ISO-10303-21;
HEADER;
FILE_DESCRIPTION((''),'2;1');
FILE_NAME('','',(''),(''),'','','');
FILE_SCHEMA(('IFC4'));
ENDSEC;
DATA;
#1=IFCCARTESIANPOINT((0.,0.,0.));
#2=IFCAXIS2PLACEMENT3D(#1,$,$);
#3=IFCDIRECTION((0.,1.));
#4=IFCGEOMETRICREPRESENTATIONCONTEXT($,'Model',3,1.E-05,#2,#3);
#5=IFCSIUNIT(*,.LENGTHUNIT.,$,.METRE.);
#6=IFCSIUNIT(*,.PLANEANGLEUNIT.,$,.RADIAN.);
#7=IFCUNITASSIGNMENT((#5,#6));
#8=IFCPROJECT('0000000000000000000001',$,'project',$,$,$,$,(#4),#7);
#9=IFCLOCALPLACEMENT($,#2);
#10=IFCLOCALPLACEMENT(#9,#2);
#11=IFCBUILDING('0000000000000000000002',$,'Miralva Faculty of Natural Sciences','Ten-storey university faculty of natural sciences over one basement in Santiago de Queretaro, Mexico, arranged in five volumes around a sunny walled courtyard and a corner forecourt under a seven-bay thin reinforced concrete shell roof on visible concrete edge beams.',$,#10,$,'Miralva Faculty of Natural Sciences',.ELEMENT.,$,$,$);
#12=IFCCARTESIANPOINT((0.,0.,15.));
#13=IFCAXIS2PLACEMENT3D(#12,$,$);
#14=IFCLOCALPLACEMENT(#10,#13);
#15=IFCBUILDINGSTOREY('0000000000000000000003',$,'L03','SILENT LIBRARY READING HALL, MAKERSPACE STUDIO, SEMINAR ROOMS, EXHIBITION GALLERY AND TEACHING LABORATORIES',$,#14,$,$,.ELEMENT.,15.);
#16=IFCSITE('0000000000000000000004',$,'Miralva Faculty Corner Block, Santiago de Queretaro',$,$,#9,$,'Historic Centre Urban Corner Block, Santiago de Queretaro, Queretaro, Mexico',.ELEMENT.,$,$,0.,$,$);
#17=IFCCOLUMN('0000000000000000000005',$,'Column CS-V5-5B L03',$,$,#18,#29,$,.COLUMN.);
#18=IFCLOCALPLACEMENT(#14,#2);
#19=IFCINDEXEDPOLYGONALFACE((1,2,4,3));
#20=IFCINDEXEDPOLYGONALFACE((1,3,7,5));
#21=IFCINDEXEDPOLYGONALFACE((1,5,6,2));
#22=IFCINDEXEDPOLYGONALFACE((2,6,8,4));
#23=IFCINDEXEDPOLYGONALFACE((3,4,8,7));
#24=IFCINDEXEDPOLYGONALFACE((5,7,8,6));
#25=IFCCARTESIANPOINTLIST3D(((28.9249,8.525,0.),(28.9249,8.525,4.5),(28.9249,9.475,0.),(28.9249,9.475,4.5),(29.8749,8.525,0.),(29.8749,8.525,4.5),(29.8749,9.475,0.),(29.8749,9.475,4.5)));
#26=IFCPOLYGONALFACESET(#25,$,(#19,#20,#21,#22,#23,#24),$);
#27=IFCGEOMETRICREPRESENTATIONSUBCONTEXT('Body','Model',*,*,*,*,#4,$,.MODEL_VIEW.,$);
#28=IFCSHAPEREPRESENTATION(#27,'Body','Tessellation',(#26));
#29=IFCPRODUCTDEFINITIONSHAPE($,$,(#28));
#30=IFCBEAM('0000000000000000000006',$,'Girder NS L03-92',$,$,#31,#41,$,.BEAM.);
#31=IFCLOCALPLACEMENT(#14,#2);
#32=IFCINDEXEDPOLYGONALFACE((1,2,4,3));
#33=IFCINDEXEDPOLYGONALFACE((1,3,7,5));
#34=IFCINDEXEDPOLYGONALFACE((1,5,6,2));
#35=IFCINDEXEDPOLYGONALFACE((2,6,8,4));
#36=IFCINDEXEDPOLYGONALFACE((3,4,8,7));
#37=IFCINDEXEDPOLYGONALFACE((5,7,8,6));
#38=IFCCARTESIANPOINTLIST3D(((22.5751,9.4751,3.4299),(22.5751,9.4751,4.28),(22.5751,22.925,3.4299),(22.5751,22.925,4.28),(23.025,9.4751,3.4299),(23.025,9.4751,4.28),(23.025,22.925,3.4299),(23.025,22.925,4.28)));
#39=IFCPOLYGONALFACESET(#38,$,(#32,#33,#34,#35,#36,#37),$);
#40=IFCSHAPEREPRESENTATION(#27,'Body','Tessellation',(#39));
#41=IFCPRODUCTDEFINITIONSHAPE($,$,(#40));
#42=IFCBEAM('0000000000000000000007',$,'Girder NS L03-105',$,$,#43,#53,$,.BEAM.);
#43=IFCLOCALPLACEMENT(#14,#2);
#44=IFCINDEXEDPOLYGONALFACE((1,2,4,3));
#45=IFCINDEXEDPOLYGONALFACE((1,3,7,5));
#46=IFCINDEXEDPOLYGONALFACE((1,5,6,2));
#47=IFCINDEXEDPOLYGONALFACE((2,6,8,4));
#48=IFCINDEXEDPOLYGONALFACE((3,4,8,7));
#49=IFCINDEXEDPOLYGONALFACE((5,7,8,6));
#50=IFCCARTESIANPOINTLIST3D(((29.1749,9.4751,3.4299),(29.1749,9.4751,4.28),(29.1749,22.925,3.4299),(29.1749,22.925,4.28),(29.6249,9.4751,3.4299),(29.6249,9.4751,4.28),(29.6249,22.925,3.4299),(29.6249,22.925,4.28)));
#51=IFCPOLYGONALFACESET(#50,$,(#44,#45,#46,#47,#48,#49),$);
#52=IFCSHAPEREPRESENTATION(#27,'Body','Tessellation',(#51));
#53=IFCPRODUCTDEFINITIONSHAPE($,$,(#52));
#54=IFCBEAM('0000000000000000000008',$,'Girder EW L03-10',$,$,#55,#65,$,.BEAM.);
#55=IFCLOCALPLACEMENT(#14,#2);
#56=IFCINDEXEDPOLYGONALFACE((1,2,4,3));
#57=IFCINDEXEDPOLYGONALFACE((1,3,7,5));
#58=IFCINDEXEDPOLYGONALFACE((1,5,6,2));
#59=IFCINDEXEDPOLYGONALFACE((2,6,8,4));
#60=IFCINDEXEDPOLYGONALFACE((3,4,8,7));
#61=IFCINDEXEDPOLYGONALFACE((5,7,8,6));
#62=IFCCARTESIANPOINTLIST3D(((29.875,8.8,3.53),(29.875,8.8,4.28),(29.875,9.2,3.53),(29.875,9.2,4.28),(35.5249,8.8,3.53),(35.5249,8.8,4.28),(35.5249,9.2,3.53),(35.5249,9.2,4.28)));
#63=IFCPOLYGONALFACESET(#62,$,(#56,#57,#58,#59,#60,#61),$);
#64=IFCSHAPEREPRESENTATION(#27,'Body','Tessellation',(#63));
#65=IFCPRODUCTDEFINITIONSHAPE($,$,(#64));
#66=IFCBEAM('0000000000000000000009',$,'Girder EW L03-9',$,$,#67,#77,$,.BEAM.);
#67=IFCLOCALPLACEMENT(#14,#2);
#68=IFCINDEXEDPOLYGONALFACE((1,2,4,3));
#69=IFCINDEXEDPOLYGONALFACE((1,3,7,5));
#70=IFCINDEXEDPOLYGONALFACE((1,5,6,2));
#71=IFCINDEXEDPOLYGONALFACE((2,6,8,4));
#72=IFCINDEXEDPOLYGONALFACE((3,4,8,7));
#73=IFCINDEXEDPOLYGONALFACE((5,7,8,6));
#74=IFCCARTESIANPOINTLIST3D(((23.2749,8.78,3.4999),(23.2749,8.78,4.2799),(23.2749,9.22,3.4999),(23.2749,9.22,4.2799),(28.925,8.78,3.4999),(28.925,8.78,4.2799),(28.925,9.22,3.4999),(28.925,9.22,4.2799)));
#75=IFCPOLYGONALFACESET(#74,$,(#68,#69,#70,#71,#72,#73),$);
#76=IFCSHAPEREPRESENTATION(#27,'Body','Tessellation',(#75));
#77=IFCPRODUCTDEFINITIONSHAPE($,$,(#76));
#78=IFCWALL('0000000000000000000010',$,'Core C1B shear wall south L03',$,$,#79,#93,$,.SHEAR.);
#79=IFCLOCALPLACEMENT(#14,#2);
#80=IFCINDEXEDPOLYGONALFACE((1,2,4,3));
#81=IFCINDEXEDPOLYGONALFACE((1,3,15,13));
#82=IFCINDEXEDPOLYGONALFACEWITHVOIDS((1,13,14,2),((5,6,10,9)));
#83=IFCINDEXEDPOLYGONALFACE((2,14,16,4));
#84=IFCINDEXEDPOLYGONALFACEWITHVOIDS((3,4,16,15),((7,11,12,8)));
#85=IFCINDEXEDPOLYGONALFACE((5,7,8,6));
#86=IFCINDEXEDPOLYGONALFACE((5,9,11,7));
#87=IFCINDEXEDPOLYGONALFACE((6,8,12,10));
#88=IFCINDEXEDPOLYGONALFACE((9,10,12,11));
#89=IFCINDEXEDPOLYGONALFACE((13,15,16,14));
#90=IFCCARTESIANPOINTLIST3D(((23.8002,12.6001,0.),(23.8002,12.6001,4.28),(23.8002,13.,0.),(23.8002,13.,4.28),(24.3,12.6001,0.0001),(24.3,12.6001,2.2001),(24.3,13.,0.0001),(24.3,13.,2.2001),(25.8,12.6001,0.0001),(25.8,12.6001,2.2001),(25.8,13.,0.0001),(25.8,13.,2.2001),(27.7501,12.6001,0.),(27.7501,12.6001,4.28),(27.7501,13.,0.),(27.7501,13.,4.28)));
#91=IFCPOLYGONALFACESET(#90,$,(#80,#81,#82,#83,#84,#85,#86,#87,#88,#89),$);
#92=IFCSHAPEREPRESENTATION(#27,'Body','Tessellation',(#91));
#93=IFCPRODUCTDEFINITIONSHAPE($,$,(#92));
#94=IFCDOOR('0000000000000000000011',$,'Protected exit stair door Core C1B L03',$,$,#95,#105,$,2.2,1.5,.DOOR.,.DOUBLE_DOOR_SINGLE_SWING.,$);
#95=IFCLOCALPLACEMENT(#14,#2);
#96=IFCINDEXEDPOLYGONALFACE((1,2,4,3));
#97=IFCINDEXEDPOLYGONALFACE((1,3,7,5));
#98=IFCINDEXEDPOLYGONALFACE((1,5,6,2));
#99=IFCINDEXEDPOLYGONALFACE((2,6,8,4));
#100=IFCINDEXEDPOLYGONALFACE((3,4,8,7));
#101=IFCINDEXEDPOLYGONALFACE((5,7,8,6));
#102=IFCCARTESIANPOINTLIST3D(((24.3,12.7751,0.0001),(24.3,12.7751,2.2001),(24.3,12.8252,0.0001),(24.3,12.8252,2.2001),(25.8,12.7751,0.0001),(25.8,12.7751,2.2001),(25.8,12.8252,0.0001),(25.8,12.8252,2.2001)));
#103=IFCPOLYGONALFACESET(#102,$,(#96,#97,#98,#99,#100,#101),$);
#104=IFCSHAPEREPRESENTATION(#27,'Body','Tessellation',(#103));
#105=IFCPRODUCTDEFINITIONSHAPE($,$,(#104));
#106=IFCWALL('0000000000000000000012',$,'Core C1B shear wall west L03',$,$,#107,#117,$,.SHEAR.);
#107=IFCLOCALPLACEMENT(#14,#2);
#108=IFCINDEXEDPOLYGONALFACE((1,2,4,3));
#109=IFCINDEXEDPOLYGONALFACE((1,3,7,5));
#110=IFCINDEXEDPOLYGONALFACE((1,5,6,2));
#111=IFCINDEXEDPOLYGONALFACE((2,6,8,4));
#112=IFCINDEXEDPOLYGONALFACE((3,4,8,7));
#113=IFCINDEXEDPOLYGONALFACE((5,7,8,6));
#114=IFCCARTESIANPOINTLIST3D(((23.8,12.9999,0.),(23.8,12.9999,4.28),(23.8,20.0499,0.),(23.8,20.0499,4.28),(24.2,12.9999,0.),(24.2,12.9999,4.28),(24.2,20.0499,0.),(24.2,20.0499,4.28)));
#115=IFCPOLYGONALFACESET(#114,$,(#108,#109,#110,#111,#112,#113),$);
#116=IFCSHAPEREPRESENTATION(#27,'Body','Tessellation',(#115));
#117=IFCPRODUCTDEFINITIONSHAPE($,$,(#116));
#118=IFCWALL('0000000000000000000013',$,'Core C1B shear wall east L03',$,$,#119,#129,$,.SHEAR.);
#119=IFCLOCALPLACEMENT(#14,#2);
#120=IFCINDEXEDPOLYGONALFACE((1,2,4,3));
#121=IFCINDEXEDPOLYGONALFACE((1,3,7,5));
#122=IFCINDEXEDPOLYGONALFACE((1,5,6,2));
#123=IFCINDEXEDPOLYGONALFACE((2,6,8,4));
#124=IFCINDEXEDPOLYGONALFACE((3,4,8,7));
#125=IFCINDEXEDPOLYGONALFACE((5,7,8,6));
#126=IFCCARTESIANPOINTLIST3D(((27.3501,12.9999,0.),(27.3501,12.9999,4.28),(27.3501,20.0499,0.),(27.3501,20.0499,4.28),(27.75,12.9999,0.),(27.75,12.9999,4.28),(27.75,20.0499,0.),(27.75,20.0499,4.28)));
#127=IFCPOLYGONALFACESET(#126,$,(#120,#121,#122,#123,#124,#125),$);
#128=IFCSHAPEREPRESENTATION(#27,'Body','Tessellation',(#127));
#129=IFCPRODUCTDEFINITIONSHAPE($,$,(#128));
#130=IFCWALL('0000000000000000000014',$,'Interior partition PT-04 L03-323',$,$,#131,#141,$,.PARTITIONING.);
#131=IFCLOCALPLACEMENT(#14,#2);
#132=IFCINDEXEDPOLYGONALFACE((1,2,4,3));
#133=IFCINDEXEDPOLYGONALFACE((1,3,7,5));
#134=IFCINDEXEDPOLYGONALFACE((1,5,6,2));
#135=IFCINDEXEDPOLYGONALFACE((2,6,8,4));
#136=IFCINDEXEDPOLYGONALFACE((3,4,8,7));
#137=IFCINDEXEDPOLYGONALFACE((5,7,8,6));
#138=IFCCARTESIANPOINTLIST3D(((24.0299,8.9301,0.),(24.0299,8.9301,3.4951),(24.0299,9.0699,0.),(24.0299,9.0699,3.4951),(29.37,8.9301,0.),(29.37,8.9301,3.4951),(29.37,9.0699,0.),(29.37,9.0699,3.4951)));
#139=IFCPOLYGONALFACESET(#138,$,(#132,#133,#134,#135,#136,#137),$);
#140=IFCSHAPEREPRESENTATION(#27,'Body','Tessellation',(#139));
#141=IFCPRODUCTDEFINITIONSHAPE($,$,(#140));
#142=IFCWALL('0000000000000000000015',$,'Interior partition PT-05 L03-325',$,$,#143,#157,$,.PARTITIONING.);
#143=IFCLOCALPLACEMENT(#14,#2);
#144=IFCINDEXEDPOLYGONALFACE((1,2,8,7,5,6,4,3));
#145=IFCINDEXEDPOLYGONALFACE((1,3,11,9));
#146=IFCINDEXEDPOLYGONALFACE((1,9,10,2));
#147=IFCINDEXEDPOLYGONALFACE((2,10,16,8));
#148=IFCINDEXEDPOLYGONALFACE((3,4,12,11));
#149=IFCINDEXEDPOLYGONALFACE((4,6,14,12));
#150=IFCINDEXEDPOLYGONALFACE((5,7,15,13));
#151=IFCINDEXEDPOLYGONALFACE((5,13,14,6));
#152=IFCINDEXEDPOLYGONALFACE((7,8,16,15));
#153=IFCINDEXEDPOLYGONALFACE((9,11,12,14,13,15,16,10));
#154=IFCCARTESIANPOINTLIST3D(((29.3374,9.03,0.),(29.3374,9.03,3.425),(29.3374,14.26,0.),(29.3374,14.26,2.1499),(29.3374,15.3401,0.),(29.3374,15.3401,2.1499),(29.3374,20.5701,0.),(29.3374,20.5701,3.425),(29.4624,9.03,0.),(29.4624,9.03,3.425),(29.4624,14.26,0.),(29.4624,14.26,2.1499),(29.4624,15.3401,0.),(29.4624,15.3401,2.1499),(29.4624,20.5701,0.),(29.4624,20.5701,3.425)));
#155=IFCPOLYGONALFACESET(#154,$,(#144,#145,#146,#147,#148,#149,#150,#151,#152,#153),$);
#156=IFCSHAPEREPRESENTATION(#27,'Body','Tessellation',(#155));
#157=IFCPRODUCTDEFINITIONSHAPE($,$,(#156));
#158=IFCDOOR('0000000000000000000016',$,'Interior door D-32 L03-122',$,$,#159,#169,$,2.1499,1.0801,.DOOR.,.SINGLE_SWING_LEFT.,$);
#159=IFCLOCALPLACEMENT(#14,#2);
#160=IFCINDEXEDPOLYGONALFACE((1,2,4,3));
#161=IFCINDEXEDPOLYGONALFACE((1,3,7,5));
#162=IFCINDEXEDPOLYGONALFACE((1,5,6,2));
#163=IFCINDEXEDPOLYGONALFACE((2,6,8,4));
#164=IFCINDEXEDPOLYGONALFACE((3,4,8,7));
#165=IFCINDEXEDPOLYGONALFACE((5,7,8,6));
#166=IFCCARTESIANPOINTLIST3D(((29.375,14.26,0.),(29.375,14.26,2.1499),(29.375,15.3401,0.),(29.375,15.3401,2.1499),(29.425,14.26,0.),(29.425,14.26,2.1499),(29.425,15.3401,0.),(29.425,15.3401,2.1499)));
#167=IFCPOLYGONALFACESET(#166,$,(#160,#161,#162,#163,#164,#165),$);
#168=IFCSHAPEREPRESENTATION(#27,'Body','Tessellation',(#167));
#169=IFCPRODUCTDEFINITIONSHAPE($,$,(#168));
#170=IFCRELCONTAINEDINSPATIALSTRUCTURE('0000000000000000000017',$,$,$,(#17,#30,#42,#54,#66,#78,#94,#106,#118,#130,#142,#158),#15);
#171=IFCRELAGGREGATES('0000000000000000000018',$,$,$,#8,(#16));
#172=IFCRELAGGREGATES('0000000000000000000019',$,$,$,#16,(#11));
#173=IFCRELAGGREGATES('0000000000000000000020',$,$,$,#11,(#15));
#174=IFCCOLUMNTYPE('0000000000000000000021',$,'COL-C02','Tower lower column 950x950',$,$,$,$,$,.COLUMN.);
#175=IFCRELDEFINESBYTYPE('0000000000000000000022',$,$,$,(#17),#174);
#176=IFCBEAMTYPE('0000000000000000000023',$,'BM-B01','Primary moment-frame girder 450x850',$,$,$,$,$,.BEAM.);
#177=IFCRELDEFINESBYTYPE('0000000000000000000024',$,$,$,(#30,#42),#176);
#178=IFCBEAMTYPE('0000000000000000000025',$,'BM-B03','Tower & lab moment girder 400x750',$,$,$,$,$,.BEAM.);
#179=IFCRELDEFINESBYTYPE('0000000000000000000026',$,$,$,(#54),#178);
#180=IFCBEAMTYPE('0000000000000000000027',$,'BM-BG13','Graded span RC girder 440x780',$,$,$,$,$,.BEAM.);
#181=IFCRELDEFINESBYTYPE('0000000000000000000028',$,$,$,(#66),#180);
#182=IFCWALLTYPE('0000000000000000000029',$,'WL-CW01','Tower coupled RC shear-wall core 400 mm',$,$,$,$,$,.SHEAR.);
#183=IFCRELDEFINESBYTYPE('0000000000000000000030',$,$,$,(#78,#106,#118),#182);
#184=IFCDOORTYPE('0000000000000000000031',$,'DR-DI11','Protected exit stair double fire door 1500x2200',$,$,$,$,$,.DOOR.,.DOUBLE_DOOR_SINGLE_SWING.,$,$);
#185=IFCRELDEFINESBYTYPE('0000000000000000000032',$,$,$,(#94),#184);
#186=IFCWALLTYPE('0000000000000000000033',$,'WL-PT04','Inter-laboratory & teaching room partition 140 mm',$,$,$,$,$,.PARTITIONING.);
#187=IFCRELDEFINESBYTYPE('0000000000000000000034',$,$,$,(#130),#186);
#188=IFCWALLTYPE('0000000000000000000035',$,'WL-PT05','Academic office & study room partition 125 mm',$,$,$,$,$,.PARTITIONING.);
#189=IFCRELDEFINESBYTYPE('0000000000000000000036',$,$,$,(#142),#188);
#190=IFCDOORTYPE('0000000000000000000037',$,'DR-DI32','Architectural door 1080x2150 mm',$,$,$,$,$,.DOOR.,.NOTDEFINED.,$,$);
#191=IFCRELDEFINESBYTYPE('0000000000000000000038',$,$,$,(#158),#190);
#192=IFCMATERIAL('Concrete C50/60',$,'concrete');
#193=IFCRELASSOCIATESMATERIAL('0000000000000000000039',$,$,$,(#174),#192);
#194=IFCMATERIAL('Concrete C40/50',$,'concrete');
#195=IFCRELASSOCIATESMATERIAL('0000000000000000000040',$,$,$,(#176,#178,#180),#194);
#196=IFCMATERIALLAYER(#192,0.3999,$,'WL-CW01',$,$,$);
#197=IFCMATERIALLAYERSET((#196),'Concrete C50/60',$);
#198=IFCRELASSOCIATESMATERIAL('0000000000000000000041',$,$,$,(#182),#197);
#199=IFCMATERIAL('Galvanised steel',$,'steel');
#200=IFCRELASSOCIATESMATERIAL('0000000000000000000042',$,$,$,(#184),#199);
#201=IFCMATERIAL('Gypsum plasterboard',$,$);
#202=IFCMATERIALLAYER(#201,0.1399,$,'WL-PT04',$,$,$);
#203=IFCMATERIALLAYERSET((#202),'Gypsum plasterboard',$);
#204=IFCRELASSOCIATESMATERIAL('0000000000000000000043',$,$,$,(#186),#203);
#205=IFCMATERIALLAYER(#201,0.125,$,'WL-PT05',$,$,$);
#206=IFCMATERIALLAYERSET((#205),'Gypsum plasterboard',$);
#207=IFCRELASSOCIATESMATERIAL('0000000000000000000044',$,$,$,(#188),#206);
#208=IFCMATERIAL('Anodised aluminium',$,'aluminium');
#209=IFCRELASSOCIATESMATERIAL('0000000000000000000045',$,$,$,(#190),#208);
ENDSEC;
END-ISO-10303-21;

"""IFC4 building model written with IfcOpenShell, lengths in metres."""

from ifc_helpers import new_model, si_unit, direction, frame, frame_2d, origin, origin_2d, place, context, subcontext, project, spatial, rectangle, extrude, material, layer, layer_set, material_profile, profile_set, type_object, element, fill, save


model = new_model("IFC4")

# Units and contexts
model_context = context("Model", 3, precision=1e-05, world=origin(), true_north=direction((0.0, 1.0)))
body_context = subcontext(model_context, "Body", "Model", "MODEL_VIEW")
ifc_project = project(units=[si_unit("LENGTHUNIT", "METRE"), si_unit("PLANEANGLEUNIT", "RADIAN")], contexts=[model_context])

# Site, building, storey
site_placement = place(None, origin())
site = spatial("IfcSite", under=ifc_project, at=site_placement, Name="Miralva Faculty Corner Block, Santiago de Queretaro", LongName="Historic Centre Urban Corner Block, Santiago de Queretaro, Queretaro, Mexico", CompositionType="ELEMENT", RefElevation=0.0)
building_placement = place(site_placement, origin())
building = spatial("IfcBuilding", under=site, at=building_placement, Name="Miralva Faculty of Natural Sciences", Description="Ten-storey university faculty of natural sciences over one basement in Santiago de Queretaro, Mexico, arranged in five volumes around a sunny walled courtyard and a corner forecourt under a seven-bay thin reinforced concrete shell roof on visible concrete edge beams.", LongName="Miralva Faculty of Natural Sciences", CompositionType="ELEMENT")
storey_placement = place(building_placement, frame((0.0, 0.0, 15.0)))
storey = spatial("IfcBuildingStorey", under=building, at=storey_placement, Name="L03", Description="SILENT LIBRARY READING HALL, MAKERSPACE STUDIO, SEMINAR ROOMS, EXHIBITION GALLERY AND TEACHING LABORATORIES", CompositionType="ELEMENT", Elevation=15.0)

# Column
ifc_material_1 = material(Name="Concrete C50/60", Category="concrete")
ifc_material_profile_1 = material_profile(ifc_material_1, rectangle(XDim=0.95, YDim=0.95, at=origin_2d()), Name="RC 950x950")
ifc_profile_set_1 = profile_set([ifc_material_profile_1], Name="Concrete C50/60")
column_type = type_object("IfcColumnType", Name="COL-C02", Description="Tower lower column 950x950", PredefinedType="COLUMN", material=ifc_profile_set_1)
column_placement = place(storey_placement, frame((29.3999, 9.0, 0.0), z_axis=(0.0, 0.0, 1.0), x_axis=(1.0, 0.0, 0.0)))
element("IfcColumn", 1, at=column_placement, inside=storey, type_object=column_type, Name="Column CS-V5-5B L03", PredefinedType="COLUMN", context=body_context, shape_type="SweptSolid", body=[
    extrude(rectangle(XDim=0.95, YDim=0.95, at=origin_2d()), origin(), (0.0, 0.0, 1.0), 4.5),
])

# Beams
ifc_material_2 = material(Name="Concrete C40/50", Category="concrete")
ifc_material_profile_2 = material_profile(ifc_material_2, rectangle(XDim=0.45, YDim=0.8501, at=origin_2d()), Name="RC 450x850")
ifc_profile_set_2 = profile_set([ifc_material_profile_2], Name="Concrete C40/50")
beam_type_1 = type_object("IfcBeamType", Name="BM-B01", Description="Primary moment-frame girder 450x850", PredefinedType="BEAM", material=ifc_profile_set_2)
for number, where, z_axis, x_axis, name in (
    (2, (22.8, 9.4751, 3.855), (0.0, 1.0, 0.0), (-1.0, 0.0, 0.0), "Girder NS L03-92"),
    (3, (29.3999, 9.4751, 3.855), (0.0, 1.0, 0.0), (-1.0, 0.0, 0.0), "Girder NS L03-105"),
):
    element("IfcBeam", number, at=place(storey_placement, frame(where, z_axis=z_axis, x_axis=x_axis)), inside=storey, type_object=beam_type_1, Name=name, PredefinedType="BEAM", context=body_context, shape_type="SweptSolid", body=[
        extrude(rectangle(XDim=0.45, YDim=0.8501, at=origin_2d()), origin(), (0.0, 0.0, 1.0), 13.45),
    ])
ifc_material_profile_3 = material_profile(ifc_material_2, rectangle(XDim=0.3999, YDim=0.75, at=origin_2d()), Name="RC 400x750")
ifc_profile_set_3 = profile_set([ifc_material_profile_3], Name="Concrete C40/50")
beam_type_2 = type_object("IfcBeamType", Name="BM-B03", Description="Tower & lab moment girder 400x750", PredefinedType="BEAM", material=ifc_profile_set_3)
beam_1_placement = place(storey_placement, frame((29.875, 9.0, 3.905), z_axis=(1.0, 0.0, 0.0), x_axis=(0.0, 1.0, 0.0)))
element("IfcBeam", 4, at=beam_1_placement, inside=storey, type_object=beam_type_2, Name="Girder EW L03-10", PredefinedType="BEAM", context=body_context, shape_type="SweptSolid", body=[
    extrude(rectangle(XDim=0.3999, YDim=0.75, at=origin_2d()), origin(), (0.0, 0.0, 1.0), 5.6499),
])
ifc_material_profile_4 = material_profile(ifc_material_2, rectangle(XDim=0.4399, YDim=0.78, at=origin_2d()), Name="RC 440x780")
ifc_profile_set_4 = profile_set([ifc_material_profile_4], Name="Concrete C40/50")
beam_type_3 = type_object("IfcBeamType", Name="BM-BG13", Description="Graded span RC girder 440x780", PredefinedType="BEAM", material=ifc_profile_set_4)
beam_2_placement = place(storey_placement, frame((23.2749, 9.0, 3.8899), z_axis=(1.0, 0.0, 0.0), x_axis=(0.0, 1.0, 0.0)))
element("IfcBeam", 5, at=beam_2_placement, inside=storey, type_object=beam_type_3, Name="Girder EW L03-9", PredefinedType="BEAM", context=body_context, shape_type="SweptSolid", body=[
    extrude(rectangle(XDim=0.4399, YDim=0.78, at=origin_2d()), origin(), (0.0, 0.0, 1.0), 5.6501),
])

# Wall, opening, door
ifc_layer_1 = layer(ifc_material_1, 0.3999, Name="WL-CW01")
ifc_layer_set_1 = layer_set([ifc_layer_1], Name="Concrete C50/60")
wall_type_1 = type_object("IfcWallType", Name="WL-CW01", Description="Tower coupled RC shear-wall core 400 mm", PredefinedType="SHEAR", material=ifc_layer_set_1)
wall_1_placement = place(storey_placement, frame((23.8, 12.8, 0.0), z_axis=(0.0, 0.0, 1.0), x_axis=(1.0, 0.0, 0.0)))
wall_1 = element("IfcWall", 6, at=wall_1_placement, inside=storey, type_object=wall_type_1, Name="Core C1B shear wall south L03", PredefinedType="SHEAR", context=body_context, shape_type="SweptSolid", body=[
    extrude(rectangle(XDim=3.95, YDim=0.3999, at=frame_2d((1.9751, 0.0))), origin(), (0.0, 0.0, 1.0), 4.28),
])
opening_1_placement = place(wall_1_placement, frame((0.5, 0.0, 0.0)))
opening_1 = element("IfcOpeningElement", 7, at=opening_1_placement, cuts=wall_1, PredefinedType="OPENING", context=body_context, shape_type="SweptSolid", body=[
    extrude(rectangle(XDim=1.5, YDim=2.2, at=frame_2d((0.75, 1.1001))), frame((0.0, 0.21, 0.0), z_axis=(0.0, -1.0, 0.0), x_axis=(1.0, 0.0, 0.0)), (0.0, 0.0, 1.0), 0.4199),
])
ifc_material_3 = material(Name="Galvanised steel", Category="steel")
door_type_1 = type_object("IfcDoorType", Name="DR-DI11", Description="Protected exit stair double fire door 1500x2200", OperationType="DOUBLE_DOOR_SINGLE_SWING", PredefinedType="DOOR", material=ifc_material_3)
door_1_placement = place(opening_1_placement, frame((1.5, 0.0, 0.0), z_axis=(0.0, 0.0, 1.0), x_axis=(-1.0, 0.0, 0.0)))
door_1 = element("IfcDoor", 8, at=door_1_placement, inside=storey, type_object=door_type_1, Name="Protected exit stair door Core C1B L03", OperationType="DOUBLE_DOOR_SINGLE_SWING", OverallHeight=2.2, OverallWidth=1.5, PredefinedType="DOOR", context=body_context, shape_type="SweptSolid", body=[
    extrude(rectangle(XDim=1.5, YDim=2.2, at=frame_2d((0.75, 1.1001))), frame((0.0, 0.0249, 0.0), z_axis=(0.0, -1.0, 0.0), x_axis=(1.0, 0.0, 0.0)), (0.0, 0.0, 1.0), 0.05),
])
fill(opening_1, door_1)

# Walls
for number, where, z_axis, x_axis, name in (
    (9, (24.0, 13.0, 0.0), (0.0, 0.0, 1.0), (0.0, 1.0, 0.0), "Core C1B shear wall west L03"),
    (10, (27.55, 13.0, 0.0), (0.0, 0.0, 1.0), (0.0, 1.0, 0.0), "Core C1B shear wall east L03"),
):
    element("IfcWall", number, at=place(storey_placement, frame(where, z_axis=z_axis, x_axis=x_axis)), inside=storey, type_object=wall_type_1, Name=name, PredefinedType="SHEAR", context=body_context, shape_type="SweptSolid", body=[
        extrude(rectangle(XDim=7.05, YDim=0.3999, at=frame_2d((3.5249, 0.0))), origin(), (0.0, 0.0, 1.0), 4.28),
    ])
ifc_material_4 = material(Name="Gypsum plasterboard")
ifc_layer_2 = layer(ifc_material_4, 0.1399, Name="WL-PT04")
ifc_layer_set_2 = layer_set([ifc_layer_2], Name="Gypsum plasterboard")
wall_type_2 = type_object("IfcWallType", Name="WL-PT04", Description="Inter-laboratory & teaching room partition 140 mm", PredefinedType="PARTITIONING", material=ifc_layer_set_2)
wall_2_placement = place(storey_placement, frame((24.03, 9.0, 0.0), z_axis=(0.0, 0.0, 1.0), x_axis=(1.0, 0.0, 0.0)))
element("IfcWall", 11, at=wall_2_placement, inside=storey, type_object=wall_type_2, Name="Interior partition PT-04 L03-323", PredefinedType="PARTITIONING", context=body_context, shape_type="SweptSolid", body=[
    extrude(rectangle(XDim=5.3401, YDim=0.1399, at=frame_2d((2.6699, 0.0))), origin(), (0.0, 0.0, 1.0), 3.4951),
])

# Wall, opening, door
ifc_layer_3 = layer(ifc_material_4, 0.125, Name="WL-PT05")
ifc_layer_set_3 = layer_set([ifc_layer_3], Name="Gypsum plasterboard")
wall_type_3 = type_object("IfcWallType", Name="WL-PT05", Description="Academic office & study room partition 125 mm", PredefinedType="PARTITIONING", material=ifc_layer_set_3)
wall_3_placement = place(storey_placement, frame((29.3999, 9.03, 0.0), z_axis=(0.0, 0.0, 1.0), x_axis=(0.0, 1.0, 0.0)))
wall_3 = element("IfcWall", 12, at=wall_3_placement, inside=storey, type_object=wall_type_3, Name="Interior partition PT-05 L03-325", PredefinedType="PARTITIONING", context=body_context, shape_type="SweptSolid", body=[
    extrude(rectangle(XDim=11.54, YDim=0.125, at=frame_2d((5.77, 0.0))), origin(), (0.0, 0.0, 1.0), 3.425),
])
opening_2_placement = place(wall_3_placement, frame((5.23, 0.0, 0.0)))
opening_2 = element("IfcOpeningElement", 13, at=opening_2_placement, cuts=wall_3, PredefinedType="OPENING", context=body_context, shape_type="SweptSolid", body=[
    extrude(rectangle(XDim=1.0801, YDim=2.1499, at=frame_2d((0.54, 1.075))), frame((0.0, 0.0725, 0.0), z_axis=(0.0, -1.0, 0.0), x_axis=(1.0, 0.0, 0.0)), (0.0, 0.0, 1.0), 0.145),
])
ifc_material_5 = material(Name="Anodised aluminium", Category="aluminium")
door_type_2 = type_object("IfcDoorType", Name="DR-DI32", Description="Architectural door 1080x2150 mm", OperationType="NOTDEFINED", PredefinedType="DOOR", material=ifc_material_5)
door_2_placement = place(opening_2_placement, origin())
door_2 = element("IfcDoor", 14, at=door_2_placement, inside=storey, type_object=door_type_2, Name="Interior door D-32 L03-122", OperationType="SINGLE_SWING_LEFT", OverallHeight=2.1499, OverallWidth=1.0801, PredefinedType="DOOR", context=body_context, shape_type="SweptSolid", body=[
    extrude(rectangle(XDim=1.0801, YDim=2.1499, at=frame_2d((0.54, 1.075))), frame((0.0, 0.0249, 0.0), z_axis=(0.0, -1.0, 0.0), x_axis=(1.0, 0.0, 0.0)), (0.0, 0.0, 1.0), 0.05),
])
fill(opening_2, door_2)

save(model, "model.ifc")
